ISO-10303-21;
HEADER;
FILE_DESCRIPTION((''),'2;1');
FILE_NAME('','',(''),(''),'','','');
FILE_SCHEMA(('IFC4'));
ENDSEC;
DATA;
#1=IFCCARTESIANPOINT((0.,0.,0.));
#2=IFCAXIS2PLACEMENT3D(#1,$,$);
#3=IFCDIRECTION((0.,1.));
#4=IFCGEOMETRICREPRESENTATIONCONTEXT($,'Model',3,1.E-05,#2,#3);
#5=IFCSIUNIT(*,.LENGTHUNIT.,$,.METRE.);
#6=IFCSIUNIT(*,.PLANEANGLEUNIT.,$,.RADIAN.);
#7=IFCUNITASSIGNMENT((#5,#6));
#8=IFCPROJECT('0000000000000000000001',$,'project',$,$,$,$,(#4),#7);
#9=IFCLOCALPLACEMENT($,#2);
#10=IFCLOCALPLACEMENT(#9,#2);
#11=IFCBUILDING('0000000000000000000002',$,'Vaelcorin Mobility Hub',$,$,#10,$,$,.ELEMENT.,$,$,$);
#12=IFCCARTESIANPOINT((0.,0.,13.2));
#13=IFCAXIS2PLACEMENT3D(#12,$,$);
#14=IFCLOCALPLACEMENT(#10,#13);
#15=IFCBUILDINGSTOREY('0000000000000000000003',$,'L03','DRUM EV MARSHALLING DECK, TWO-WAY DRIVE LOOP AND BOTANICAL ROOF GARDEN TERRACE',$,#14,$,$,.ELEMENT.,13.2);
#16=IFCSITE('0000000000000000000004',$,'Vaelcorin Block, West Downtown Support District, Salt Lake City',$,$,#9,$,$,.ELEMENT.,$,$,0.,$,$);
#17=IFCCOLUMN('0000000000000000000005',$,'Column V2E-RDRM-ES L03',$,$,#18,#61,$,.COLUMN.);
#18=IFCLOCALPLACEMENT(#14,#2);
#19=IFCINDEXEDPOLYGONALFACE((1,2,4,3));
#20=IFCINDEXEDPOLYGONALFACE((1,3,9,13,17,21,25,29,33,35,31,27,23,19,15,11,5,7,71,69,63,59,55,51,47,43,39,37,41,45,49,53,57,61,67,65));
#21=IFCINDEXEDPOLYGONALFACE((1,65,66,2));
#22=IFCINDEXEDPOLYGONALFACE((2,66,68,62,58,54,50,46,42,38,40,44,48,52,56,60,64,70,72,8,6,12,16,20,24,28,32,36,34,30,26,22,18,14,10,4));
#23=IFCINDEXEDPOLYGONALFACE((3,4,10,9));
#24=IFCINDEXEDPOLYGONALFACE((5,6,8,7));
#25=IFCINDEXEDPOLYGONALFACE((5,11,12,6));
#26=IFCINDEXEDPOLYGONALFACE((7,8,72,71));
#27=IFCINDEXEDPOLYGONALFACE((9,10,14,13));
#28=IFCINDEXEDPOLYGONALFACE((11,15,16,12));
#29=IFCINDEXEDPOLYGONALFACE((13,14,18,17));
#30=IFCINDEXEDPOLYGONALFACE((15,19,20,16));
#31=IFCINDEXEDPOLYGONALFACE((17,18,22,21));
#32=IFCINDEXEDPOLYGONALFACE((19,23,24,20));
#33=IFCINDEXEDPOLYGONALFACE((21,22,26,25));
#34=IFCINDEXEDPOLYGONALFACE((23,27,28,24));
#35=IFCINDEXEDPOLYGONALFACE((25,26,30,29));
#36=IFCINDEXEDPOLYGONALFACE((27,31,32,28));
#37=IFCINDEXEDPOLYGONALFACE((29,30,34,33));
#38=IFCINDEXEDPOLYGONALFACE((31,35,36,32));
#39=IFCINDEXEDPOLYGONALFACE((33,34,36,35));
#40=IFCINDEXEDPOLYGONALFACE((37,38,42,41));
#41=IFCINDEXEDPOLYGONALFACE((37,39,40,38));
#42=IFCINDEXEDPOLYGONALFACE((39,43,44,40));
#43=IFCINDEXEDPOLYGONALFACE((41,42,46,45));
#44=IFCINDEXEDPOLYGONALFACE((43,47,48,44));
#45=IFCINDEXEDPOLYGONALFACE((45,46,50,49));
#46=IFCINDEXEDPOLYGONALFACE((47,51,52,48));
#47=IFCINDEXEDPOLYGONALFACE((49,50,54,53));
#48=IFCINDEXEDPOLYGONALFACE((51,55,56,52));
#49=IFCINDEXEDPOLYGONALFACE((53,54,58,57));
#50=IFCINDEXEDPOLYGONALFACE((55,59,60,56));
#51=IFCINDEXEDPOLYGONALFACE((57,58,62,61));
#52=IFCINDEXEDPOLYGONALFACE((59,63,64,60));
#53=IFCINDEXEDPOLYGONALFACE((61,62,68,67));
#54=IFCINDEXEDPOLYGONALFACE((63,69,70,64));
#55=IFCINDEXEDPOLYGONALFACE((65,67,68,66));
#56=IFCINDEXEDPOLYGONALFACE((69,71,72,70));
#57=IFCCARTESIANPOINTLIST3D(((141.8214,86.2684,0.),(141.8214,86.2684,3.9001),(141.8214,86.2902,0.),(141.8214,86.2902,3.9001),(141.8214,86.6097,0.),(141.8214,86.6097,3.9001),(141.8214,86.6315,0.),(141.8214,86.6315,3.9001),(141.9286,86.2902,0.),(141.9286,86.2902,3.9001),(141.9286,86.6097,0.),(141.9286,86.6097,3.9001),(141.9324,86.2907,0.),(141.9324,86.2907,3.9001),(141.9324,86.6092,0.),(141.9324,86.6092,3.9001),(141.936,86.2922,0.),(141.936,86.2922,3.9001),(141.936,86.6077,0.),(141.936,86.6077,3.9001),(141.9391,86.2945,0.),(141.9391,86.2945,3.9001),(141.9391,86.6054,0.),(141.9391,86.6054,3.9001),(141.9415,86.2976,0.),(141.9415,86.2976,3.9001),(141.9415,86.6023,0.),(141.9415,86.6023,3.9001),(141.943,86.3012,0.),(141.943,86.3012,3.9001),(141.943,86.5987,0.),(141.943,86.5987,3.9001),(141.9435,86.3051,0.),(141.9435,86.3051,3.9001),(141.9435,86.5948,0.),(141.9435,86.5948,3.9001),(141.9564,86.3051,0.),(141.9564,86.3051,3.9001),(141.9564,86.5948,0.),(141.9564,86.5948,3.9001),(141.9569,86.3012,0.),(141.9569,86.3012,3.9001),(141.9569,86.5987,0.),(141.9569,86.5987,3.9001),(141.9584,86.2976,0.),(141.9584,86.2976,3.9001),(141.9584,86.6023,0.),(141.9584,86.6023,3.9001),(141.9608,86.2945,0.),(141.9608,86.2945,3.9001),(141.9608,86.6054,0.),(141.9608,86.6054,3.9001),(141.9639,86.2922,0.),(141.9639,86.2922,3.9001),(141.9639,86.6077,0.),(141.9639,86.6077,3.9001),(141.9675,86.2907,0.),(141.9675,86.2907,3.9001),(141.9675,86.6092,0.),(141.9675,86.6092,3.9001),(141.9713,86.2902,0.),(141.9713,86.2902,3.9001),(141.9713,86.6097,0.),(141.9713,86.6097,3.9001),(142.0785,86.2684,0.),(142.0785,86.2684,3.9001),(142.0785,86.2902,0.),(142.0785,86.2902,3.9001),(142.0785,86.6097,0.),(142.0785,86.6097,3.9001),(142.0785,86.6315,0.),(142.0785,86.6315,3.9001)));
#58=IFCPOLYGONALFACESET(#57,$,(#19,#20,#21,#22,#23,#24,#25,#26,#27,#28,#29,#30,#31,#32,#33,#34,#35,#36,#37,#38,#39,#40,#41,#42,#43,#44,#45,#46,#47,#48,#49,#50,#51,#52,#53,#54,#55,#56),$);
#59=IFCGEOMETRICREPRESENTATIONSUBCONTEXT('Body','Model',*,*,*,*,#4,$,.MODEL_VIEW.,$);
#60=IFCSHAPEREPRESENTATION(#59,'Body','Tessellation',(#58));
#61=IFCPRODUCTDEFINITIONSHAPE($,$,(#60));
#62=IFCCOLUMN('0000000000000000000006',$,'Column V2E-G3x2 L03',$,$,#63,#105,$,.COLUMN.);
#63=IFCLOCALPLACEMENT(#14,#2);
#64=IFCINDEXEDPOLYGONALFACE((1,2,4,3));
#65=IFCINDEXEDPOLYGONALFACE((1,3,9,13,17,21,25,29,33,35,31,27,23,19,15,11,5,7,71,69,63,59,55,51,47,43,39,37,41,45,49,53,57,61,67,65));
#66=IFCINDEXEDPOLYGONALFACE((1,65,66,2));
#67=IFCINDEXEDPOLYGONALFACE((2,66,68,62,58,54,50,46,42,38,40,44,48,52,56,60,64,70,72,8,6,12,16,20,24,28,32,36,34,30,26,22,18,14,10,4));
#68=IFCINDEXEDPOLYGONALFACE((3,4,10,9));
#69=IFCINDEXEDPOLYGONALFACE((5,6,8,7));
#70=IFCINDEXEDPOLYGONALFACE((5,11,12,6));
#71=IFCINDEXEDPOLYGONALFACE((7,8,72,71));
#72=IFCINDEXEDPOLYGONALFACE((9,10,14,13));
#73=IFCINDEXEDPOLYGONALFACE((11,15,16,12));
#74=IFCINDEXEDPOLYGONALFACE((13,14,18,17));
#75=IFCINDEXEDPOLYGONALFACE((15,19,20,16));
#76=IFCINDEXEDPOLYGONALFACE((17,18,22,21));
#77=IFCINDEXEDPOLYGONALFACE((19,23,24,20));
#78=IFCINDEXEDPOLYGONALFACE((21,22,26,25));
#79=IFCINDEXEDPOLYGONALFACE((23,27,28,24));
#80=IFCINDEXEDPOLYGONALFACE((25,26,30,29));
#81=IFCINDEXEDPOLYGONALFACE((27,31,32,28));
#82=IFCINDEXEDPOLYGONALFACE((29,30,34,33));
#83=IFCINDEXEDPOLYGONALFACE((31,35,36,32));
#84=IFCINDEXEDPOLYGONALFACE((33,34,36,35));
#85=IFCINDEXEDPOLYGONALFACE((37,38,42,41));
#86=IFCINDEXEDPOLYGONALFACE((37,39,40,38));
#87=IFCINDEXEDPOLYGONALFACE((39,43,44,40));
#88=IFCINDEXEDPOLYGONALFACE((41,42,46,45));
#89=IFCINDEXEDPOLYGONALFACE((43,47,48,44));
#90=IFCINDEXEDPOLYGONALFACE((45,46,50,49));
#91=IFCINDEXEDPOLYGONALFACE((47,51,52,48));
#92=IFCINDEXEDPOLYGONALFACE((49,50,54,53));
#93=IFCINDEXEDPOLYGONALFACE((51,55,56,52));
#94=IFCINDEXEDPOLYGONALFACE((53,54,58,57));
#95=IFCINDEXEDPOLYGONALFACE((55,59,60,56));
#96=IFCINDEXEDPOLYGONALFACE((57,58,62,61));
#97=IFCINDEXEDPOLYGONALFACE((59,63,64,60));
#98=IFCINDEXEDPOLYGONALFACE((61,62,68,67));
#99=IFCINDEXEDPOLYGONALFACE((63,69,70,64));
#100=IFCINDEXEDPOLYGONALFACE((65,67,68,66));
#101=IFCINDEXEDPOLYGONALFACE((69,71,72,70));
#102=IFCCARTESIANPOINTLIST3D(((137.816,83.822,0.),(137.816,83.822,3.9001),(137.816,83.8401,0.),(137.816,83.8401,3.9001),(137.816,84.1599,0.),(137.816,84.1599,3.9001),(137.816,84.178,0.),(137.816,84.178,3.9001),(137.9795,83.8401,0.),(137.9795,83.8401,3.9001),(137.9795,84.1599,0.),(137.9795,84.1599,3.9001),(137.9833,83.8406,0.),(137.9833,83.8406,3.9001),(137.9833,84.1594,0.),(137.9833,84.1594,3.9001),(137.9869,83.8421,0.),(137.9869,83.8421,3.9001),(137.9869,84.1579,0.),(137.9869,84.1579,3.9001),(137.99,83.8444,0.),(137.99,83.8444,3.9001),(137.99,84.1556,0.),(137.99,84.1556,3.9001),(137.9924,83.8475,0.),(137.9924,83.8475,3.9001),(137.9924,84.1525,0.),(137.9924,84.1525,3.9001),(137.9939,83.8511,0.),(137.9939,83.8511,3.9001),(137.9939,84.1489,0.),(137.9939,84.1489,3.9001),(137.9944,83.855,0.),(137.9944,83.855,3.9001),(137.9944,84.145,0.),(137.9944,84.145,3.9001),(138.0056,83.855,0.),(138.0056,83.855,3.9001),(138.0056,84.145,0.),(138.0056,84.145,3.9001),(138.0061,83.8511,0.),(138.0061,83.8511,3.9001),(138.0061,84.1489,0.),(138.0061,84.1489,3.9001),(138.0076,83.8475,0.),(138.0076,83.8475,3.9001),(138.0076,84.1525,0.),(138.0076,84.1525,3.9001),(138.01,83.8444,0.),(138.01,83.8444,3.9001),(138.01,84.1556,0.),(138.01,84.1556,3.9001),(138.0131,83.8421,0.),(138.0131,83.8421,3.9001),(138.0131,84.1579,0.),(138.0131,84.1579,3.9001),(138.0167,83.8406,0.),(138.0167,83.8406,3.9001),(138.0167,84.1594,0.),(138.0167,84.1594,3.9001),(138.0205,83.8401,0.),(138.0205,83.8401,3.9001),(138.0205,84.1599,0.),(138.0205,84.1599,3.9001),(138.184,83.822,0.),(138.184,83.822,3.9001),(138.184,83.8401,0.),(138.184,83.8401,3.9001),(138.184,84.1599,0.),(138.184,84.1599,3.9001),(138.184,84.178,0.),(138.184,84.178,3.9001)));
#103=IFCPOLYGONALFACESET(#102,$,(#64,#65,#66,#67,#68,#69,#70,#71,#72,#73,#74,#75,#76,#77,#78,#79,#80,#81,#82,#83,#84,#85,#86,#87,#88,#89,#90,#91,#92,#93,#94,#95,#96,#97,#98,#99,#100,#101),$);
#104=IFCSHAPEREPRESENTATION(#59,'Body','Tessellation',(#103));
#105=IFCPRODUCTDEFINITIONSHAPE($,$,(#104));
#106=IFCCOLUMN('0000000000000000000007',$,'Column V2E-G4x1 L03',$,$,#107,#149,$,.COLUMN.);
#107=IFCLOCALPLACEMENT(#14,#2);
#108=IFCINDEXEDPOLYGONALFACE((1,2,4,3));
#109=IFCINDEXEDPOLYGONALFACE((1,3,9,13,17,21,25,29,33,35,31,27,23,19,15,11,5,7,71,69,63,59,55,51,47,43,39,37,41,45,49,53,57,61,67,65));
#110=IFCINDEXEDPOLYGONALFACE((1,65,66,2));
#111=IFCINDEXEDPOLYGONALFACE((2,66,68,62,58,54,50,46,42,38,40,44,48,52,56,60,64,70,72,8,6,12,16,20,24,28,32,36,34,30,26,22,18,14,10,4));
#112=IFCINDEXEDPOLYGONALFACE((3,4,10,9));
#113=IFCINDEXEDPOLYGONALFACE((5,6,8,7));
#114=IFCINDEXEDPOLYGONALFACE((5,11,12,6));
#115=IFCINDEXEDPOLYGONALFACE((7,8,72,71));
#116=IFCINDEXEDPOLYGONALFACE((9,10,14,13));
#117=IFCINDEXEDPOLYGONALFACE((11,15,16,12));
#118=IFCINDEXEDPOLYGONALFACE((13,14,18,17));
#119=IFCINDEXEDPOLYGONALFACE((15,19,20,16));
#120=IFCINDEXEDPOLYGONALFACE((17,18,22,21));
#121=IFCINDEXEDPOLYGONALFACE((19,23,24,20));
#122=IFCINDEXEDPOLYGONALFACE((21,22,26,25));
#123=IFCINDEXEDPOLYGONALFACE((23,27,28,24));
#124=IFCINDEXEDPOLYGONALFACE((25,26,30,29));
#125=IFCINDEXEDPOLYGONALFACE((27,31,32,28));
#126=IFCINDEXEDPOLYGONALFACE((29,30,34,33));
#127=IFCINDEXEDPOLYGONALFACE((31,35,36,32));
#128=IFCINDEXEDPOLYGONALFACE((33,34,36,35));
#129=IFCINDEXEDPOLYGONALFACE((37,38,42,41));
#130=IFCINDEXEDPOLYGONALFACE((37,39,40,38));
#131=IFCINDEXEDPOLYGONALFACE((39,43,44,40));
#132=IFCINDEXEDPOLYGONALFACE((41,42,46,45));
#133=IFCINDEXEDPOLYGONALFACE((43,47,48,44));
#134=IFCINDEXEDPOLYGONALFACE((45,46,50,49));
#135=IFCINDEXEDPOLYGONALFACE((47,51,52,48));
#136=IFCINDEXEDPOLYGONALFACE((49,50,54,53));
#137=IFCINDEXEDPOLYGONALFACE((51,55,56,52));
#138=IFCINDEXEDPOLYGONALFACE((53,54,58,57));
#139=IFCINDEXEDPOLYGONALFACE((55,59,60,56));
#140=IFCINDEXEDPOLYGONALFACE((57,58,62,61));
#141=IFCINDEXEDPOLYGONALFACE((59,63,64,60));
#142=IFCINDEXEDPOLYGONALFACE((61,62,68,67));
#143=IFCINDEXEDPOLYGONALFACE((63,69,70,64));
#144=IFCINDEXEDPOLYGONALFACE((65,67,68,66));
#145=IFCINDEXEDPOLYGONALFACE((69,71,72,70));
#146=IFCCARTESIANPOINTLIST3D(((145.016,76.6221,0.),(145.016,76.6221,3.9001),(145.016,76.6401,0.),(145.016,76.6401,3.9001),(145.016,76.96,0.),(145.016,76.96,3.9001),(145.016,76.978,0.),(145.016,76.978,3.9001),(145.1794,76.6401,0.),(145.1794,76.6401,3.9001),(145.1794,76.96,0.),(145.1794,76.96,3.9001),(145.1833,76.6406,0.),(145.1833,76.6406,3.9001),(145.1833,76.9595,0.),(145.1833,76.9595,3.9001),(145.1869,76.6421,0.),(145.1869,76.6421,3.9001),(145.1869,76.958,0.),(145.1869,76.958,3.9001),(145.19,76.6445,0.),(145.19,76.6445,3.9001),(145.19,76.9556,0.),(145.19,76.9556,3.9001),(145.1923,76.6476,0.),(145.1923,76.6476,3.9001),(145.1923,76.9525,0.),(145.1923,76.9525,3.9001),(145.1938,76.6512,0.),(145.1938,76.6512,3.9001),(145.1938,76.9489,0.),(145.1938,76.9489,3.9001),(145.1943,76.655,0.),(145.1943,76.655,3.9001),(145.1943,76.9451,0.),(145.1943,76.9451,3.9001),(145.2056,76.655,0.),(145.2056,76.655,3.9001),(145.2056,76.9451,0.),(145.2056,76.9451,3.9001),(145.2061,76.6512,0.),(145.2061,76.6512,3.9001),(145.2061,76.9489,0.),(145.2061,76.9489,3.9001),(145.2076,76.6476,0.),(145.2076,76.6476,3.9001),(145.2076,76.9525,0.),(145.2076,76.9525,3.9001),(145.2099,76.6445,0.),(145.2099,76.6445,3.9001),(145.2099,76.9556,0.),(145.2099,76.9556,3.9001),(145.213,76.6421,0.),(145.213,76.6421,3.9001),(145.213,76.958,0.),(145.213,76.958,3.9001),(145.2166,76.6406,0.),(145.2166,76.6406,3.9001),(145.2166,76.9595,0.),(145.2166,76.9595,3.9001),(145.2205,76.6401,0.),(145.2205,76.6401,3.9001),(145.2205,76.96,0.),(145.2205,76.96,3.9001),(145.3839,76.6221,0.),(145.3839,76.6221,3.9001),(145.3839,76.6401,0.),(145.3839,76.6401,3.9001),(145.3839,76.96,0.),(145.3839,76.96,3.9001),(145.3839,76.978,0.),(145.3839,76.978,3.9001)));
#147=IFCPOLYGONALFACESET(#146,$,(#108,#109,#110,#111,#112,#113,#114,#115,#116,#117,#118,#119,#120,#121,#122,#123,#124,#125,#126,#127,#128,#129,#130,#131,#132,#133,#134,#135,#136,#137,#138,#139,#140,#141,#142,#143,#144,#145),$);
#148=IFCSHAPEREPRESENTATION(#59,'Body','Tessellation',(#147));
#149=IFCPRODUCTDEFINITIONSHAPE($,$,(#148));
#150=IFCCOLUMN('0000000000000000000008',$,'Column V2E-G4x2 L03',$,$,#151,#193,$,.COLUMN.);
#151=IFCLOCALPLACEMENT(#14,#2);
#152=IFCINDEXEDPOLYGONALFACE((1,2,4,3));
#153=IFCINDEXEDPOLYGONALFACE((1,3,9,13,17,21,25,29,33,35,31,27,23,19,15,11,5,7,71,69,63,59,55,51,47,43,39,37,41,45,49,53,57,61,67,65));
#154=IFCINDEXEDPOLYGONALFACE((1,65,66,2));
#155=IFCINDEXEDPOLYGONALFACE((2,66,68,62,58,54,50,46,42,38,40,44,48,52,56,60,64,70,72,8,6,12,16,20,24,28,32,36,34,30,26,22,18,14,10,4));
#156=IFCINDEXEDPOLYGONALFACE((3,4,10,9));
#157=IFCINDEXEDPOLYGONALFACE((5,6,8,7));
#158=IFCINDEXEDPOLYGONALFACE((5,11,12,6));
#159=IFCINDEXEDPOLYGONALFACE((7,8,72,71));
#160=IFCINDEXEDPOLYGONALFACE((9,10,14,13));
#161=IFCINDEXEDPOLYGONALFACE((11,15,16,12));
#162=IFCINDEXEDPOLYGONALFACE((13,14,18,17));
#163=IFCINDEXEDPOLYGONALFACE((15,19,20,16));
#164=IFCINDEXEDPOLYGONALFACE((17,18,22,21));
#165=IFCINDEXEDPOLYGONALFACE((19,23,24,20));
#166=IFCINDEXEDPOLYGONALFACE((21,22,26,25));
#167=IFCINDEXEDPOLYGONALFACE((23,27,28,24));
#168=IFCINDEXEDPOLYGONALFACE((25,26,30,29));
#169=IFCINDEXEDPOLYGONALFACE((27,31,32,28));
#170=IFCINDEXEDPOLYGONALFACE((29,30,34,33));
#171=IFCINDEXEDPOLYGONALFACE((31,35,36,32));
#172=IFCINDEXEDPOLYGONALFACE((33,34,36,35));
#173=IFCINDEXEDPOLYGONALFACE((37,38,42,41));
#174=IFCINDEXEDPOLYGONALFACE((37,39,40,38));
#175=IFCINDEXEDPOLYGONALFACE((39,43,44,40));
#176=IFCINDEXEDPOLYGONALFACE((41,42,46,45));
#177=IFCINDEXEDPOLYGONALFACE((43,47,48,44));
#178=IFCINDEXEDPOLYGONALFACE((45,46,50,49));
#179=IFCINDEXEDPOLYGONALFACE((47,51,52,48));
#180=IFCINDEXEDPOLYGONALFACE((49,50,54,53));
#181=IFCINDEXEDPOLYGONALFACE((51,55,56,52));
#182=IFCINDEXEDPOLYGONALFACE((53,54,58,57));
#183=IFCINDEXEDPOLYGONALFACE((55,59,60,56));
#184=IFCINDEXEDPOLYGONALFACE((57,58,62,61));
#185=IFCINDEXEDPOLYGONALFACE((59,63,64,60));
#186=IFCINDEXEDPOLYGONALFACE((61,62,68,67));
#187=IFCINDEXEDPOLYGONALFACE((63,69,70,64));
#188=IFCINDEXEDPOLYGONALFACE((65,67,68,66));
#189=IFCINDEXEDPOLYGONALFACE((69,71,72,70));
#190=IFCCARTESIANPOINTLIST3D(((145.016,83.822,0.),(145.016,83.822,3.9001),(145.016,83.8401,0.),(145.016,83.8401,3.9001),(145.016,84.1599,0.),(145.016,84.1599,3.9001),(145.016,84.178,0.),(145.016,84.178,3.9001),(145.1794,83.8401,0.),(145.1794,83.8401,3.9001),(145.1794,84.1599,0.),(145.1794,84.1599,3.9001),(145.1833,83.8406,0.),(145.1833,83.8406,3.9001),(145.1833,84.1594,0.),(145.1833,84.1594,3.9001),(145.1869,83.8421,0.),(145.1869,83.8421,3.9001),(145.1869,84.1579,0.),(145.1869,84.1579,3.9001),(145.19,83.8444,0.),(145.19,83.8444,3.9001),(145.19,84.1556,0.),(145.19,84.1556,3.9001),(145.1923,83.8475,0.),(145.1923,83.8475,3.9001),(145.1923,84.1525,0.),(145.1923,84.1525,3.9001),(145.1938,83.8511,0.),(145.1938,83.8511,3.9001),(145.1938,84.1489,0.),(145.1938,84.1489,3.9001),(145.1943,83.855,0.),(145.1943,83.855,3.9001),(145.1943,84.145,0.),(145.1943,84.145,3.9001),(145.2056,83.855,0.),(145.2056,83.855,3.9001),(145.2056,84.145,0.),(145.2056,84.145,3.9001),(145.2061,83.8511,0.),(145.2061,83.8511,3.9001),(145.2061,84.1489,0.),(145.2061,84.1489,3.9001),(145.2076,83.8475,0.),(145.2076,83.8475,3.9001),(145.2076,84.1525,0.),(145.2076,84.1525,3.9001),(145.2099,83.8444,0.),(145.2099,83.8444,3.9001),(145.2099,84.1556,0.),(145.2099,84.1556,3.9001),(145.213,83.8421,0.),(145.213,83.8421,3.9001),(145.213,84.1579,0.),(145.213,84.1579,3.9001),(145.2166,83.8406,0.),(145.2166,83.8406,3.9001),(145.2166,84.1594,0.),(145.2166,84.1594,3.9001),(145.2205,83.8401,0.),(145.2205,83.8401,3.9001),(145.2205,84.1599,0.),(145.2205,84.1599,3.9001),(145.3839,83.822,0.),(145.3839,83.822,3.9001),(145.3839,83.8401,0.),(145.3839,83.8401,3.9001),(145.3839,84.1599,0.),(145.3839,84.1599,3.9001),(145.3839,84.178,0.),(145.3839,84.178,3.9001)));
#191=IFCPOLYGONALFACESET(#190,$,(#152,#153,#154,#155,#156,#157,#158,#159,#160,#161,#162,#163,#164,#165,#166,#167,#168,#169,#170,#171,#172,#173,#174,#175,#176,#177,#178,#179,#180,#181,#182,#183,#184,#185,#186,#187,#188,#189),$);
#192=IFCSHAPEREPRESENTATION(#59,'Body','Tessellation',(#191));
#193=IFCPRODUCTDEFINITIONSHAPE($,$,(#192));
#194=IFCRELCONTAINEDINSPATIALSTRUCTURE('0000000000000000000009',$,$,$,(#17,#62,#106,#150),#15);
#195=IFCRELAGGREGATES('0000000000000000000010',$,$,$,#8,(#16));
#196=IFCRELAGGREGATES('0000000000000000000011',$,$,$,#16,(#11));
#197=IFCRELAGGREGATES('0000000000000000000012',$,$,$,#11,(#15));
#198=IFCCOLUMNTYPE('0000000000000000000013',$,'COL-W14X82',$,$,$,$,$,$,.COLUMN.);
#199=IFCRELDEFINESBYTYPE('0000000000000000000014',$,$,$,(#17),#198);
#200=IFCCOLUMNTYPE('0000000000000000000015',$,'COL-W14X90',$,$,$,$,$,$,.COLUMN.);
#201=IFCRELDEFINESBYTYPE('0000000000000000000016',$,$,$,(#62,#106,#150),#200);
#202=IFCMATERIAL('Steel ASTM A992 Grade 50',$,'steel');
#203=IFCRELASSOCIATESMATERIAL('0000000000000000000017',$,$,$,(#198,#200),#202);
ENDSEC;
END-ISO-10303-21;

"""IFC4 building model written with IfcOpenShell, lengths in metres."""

from ifc_helpers import new_model, si_unit, direction, frame, origin, origin_2d, place, context, subcontext, project, spatial, i_section, extrude, material, material_profile, profile_set, type_object, element, save


model = new_model("IFC4")

# Units and contexts
model_context = context("Model", 3, precision=1e-05, world=origin(), true_north=direction((0.0, 1.0)))
body_context = subcontext(model_context, "Body", "Model", "MODEL_VIEW")
ifc_project = project(units=[si_unit("LENGTHUNIT", "METRE"), si_unit("PLANEANGLEUNIT", "RADIAN")], contexts=[model_context])

# Site, building, storey
site_placement = place(None, origin())
site = spatial("IfcSite", under=ifc_project, at=site_placement, Name="Vaelcorin Block, West Downtown Support District, Salt Lake City", CompositionType="ELEMENT", RefElevation=0.0)
building_placement = place(site_placement, origin())
building = spatial("IfcBuilding", under=site, at=building_placement, Name="Vaelcorin Mobility Hub", CompositionType="ELEMENT")
storey_placement = place(building_placement, frame((0.0, 0.0, 13.2)))
storey = spatial("IfcBuildingStorey", under=building, at=storey_placement, Name="L03", Description="DRUM EV MARSHALLING DECK, TWO-WAY DRIVE LOOP AND BOTANICAL ROOF GARDEN TERRACE", CompositionType="ELEMENT", Elevation=13.2)

# Columns
ifc_material_1 = material(Name="Steel ASTM A992 Grade 50", Category="steel")
ifc_material_profile_1 = material_profile(ifc_material_1, i_section(OverallWidth=0.2571, OverallDepth=0.363, WebThickness=0.0129, FlangeThickness=0.0217, FilletRadius=0.0149, at=origin_2d()), Name="W14X82")
ifc_profile_set_1 = profile_set([ifc_material_profile_1], Name="Steel ASTM A992 Grade 50")
column_type_1 = type_object("IfcColumnType", Name="COL-W14X82", PredefinedType="COLUMN", material=ifc_profile_set_1)
column_placement = place(storey_placement, frame((141.95, 86.45, 0.0), z_axis=(0.0, 0.0, 1.0), x_axis=(1.0, 0.0, 0.0)))
element("IfcColumn", 1, at=column_placement, inside=storey, type_object=column_type_1, Name="Column V2E-RDRM-ES L03", PredefinedType="COLUMN", context=body_context, shape_type="SweptSolid", body=[
    extrude(i_section(OverallWidth=0.2571, OverallDepth=0.363, WebThickness=0.0129, FlangeThickness=0.0217, FilletRadius=0.0149, at=origin_2d()), origin(), (0.0, 0.0, 1.0), 3.9001),
])
ifc_material_profile_2 = material_profile(ifc_material_1, i_section(OverallWidth=0.3679, OverallDepth=0.356, WebThickness=0.0112, FlangeThickness=0.0181, FilletRadius=0.0149, at=origin_2d()), Name="W14X90")
ifc_profile_set_2 = profile_set([ifc_material_profile_2], Name="Steel ASTM A992 Grade 50")
column_type_2 = type_object("IfcColumnType", Name="COL-W14X90", PredefinedType="COLUMN", material=ifc_profile_set_2)
for number, where, z_axis, x_axis, name in (
    (2, (138.0, 84.0, 0.0), (0.0, 0.0, 1.0), (1.0, 0.0, 0.0), "Column V2E-G3x2 L03"),
    (3, (145.2, 76.8, 0.0), (0.0, 0.0, 1.0), (1.0, 0.0, 0.0), "Column V2E-G4x1 L03"),
    (4, (145.2, 84.0, 0.0), (0.0, 0.0, 1.0), (1.0, 0.0, 0.0), "Column V2E-G4x2 L03"),
):
    element("IfcColumn", number, at=place(storey_placement, frame(where, z_axis=z_axis, x_axis=x_axis)), inside=storey, type_object=column_type_2, Name=name, PredefinedType="COLUMN", context=body_context, shape_type="SweptSolid", body=[
        extrude(i_section(OverallWidth=0.3679, OverallDepth=0.356, WebThickness=0.0112, FlangeThickness=0.0181, FilletRadius=0.0149, at=origin_2d()), origin(), (0.0, 0.0, 1.0), 3.9001),
    ])

save(model, "model.ifc")
